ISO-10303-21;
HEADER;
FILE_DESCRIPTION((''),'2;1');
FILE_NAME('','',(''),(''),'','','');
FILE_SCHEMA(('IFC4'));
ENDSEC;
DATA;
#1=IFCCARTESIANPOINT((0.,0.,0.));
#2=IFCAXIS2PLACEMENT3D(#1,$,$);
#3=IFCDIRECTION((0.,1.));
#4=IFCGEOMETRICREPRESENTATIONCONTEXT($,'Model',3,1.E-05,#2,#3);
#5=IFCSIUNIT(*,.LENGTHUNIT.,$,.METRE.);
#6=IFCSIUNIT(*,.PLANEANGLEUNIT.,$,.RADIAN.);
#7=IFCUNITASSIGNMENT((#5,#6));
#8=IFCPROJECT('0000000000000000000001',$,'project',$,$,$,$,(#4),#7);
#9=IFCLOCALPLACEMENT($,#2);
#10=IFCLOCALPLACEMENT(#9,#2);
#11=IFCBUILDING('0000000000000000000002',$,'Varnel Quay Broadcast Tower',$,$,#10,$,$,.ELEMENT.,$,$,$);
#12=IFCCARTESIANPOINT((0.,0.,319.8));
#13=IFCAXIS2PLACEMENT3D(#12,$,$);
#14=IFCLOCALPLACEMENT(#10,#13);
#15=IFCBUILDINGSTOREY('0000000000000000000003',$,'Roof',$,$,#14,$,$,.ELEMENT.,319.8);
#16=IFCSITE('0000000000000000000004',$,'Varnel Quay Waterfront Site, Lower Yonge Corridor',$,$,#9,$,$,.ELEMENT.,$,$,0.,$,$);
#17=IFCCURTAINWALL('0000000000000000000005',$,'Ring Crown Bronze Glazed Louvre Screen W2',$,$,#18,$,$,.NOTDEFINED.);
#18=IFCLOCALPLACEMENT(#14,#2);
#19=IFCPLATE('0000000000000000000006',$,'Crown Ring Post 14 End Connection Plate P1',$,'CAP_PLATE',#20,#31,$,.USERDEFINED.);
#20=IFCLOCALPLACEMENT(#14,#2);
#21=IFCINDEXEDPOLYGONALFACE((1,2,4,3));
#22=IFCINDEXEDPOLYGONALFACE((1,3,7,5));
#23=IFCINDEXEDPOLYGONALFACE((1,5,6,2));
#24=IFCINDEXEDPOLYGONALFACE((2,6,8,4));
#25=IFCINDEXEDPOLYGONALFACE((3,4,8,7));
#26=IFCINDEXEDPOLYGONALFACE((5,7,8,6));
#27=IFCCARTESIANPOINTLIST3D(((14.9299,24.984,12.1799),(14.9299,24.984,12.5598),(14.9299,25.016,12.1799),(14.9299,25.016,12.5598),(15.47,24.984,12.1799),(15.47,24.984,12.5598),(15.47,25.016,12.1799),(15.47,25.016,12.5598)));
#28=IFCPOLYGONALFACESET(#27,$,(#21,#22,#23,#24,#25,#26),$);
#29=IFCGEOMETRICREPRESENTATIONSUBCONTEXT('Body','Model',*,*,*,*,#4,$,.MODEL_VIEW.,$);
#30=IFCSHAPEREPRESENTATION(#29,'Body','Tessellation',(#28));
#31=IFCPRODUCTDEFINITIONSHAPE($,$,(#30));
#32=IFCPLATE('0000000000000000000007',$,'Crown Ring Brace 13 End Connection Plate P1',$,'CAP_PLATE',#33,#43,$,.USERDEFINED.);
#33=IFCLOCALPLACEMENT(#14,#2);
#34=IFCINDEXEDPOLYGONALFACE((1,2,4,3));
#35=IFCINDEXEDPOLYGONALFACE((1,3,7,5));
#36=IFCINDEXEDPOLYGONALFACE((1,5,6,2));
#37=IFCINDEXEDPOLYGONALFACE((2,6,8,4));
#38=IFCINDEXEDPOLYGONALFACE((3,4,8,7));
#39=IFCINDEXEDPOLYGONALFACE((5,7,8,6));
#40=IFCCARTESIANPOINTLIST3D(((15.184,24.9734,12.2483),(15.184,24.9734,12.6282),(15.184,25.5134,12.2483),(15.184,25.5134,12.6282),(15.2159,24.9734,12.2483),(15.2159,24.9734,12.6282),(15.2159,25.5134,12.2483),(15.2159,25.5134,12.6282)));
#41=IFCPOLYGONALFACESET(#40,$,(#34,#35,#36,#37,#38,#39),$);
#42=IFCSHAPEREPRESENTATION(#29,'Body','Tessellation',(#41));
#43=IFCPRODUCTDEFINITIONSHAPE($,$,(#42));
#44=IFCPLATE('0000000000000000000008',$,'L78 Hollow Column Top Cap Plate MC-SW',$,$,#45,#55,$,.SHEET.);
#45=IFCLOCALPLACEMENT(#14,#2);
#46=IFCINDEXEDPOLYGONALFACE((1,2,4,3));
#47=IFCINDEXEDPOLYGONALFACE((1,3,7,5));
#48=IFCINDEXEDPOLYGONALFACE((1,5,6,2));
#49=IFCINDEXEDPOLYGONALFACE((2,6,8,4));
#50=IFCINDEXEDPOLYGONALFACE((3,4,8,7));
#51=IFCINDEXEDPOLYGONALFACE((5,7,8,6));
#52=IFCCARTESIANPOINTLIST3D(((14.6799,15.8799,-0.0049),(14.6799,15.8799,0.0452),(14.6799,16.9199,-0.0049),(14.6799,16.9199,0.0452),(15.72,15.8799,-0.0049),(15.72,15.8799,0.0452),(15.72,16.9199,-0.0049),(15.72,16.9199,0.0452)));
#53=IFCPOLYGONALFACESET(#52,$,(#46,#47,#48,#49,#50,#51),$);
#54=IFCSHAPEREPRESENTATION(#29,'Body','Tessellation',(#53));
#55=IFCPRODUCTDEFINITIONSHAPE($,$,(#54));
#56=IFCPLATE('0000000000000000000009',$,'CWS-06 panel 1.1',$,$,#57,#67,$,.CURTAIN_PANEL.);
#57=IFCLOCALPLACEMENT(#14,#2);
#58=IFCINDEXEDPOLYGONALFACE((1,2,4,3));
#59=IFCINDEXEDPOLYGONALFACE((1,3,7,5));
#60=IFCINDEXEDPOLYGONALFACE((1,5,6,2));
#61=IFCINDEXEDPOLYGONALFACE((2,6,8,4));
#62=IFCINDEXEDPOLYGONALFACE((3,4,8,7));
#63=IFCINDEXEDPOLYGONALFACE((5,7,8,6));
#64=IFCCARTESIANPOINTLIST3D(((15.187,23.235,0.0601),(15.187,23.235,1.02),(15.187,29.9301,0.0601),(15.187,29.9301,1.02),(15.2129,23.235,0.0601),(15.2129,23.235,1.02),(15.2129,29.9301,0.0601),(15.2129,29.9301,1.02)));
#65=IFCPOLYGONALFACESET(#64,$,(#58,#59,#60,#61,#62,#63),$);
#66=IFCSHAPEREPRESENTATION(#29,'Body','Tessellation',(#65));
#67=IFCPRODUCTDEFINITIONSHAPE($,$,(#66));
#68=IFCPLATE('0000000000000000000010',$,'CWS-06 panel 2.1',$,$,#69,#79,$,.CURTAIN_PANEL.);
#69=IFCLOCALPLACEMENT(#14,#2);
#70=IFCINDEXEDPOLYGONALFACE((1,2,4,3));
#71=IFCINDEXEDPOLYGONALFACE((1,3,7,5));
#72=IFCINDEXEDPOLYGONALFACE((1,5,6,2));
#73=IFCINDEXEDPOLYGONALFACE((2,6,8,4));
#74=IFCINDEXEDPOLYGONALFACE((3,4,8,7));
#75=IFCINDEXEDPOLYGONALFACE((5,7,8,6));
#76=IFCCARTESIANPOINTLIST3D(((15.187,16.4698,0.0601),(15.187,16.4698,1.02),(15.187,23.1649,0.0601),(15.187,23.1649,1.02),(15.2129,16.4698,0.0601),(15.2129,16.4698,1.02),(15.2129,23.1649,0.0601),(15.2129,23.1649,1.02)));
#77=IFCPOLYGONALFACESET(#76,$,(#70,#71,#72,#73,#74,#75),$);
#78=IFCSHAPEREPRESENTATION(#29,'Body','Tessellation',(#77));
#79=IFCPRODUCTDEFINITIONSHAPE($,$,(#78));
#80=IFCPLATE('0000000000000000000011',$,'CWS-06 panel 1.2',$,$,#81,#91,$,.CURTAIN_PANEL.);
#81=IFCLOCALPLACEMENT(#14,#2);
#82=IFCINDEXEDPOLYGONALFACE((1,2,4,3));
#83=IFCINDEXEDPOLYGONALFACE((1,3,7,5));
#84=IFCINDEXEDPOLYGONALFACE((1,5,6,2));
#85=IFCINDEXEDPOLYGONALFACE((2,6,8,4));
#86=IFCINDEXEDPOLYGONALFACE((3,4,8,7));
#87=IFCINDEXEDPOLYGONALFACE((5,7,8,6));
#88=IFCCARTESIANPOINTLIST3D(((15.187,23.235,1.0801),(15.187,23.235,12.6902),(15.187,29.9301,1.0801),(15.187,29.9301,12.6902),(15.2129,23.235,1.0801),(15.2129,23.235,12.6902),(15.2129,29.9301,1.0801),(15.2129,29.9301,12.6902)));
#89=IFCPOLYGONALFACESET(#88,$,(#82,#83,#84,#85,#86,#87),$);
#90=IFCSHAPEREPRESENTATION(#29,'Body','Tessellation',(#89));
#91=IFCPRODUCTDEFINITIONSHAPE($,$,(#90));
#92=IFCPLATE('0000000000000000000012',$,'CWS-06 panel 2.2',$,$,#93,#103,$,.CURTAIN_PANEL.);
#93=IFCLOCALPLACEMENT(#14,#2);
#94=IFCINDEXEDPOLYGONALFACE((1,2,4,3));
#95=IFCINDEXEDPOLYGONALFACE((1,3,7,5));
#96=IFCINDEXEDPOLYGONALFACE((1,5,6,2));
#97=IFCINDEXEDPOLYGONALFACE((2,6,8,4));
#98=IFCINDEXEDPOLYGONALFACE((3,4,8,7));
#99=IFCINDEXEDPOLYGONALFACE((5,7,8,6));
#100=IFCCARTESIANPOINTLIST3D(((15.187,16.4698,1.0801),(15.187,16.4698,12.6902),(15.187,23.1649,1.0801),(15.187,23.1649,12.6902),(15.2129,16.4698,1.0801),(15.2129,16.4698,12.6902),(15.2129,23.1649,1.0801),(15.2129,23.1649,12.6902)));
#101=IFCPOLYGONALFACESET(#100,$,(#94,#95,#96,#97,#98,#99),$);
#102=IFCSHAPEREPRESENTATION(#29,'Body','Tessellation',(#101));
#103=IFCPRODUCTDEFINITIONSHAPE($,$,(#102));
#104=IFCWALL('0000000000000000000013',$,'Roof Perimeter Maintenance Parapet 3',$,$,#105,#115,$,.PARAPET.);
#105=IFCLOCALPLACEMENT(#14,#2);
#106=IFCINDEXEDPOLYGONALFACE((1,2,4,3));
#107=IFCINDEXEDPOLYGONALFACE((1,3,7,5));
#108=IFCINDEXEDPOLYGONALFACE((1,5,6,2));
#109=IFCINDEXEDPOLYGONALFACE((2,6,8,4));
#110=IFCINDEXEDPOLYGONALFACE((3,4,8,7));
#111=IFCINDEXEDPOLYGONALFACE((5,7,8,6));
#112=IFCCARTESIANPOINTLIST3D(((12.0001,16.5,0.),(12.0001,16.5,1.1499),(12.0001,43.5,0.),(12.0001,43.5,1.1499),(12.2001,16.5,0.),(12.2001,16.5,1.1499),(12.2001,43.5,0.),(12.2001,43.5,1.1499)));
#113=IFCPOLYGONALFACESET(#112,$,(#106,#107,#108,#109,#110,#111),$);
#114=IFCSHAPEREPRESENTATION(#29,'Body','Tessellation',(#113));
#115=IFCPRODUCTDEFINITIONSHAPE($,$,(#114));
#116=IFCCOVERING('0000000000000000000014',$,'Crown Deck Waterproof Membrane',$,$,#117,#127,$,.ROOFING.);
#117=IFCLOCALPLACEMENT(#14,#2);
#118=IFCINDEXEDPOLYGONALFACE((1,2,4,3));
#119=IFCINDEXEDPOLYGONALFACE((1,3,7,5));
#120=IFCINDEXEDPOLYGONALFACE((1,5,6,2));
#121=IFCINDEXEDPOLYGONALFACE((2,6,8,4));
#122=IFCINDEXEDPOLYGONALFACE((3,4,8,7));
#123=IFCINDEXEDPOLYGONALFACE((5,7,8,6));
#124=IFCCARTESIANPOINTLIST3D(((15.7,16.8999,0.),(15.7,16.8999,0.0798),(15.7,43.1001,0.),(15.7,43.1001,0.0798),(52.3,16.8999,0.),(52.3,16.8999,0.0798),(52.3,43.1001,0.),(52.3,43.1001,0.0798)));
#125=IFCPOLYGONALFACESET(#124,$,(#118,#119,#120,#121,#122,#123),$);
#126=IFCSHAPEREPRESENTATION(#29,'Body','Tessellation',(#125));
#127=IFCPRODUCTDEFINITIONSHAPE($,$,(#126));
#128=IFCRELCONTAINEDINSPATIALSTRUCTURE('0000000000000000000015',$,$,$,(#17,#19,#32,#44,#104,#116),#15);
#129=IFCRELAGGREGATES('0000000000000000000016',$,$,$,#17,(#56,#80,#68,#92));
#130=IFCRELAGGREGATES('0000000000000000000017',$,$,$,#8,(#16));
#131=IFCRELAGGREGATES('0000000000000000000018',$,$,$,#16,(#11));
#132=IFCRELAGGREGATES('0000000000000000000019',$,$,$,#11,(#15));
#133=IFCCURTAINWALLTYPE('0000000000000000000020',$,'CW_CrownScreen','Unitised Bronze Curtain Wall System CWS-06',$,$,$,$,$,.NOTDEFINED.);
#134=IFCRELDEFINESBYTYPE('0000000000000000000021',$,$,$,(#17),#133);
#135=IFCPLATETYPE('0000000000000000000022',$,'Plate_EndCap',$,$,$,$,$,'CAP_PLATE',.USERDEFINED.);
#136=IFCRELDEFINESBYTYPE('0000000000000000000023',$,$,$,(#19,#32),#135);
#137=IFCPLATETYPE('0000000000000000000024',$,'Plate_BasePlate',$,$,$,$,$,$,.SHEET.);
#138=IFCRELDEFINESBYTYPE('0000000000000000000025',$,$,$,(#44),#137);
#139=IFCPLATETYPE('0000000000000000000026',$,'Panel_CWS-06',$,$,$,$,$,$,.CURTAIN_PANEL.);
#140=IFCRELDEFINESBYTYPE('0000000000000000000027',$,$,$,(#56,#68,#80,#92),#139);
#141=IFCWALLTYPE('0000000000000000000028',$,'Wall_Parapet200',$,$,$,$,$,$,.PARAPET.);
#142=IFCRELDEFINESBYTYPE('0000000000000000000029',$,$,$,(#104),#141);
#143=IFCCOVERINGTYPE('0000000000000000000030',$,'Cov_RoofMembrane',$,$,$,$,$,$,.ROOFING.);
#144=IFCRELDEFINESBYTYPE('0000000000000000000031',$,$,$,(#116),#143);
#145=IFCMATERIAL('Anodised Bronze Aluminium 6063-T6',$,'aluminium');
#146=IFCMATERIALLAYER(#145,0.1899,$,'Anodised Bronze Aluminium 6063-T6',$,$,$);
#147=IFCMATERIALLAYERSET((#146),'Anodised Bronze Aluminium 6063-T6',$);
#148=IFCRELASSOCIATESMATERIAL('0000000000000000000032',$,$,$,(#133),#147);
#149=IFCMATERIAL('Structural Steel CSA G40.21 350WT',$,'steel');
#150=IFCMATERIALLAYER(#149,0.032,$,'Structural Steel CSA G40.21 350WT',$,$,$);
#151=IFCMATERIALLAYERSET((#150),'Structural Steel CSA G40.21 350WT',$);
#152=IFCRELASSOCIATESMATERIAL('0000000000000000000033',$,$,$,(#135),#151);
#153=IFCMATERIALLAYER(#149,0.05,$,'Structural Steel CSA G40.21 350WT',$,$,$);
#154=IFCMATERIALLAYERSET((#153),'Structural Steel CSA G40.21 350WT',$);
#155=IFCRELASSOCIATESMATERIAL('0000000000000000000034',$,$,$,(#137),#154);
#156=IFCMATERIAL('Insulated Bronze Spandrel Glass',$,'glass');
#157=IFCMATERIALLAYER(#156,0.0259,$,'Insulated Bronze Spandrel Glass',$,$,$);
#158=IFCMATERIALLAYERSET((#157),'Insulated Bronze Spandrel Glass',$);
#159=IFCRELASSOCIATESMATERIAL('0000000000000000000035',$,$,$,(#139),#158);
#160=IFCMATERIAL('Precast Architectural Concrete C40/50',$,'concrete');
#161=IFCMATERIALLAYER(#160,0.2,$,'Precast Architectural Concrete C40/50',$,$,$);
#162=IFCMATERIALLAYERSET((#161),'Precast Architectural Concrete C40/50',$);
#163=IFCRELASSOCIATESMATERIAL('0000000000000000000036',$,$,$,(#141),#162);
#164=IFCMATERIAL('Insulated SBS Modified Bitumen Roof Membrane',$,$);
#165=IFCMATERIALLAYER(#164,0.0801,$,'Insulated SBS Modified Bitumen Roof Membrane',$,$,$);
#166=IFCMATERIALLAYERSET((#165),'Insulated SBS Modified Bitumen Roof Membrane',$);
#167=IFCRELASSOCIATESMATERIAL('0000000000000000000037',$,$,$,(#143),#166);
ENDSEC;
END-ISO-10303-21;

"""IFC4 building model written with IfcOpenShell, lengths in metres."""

from ifc_helpers import new_model, si_unit, direction, frame, frame_2d, origin, origin_2d, place, context, subcontext, project, spatial, polyline, rectangle, outline, extrude, source, transform, mapped, material, layer, layer_set, type_object, type_shapes, element, aggregate, save


model = new_model("IFC4")

# Units and contexts
model_context = context("Model", 3, precision=1e-05, world=origin(), true_north=direction((0.0, 1.0)))
body_context = subcontext(model_context, "Body", "Model", "MODEL_VIEW")
ifc_project = project(units=[si_unit("LENGTHUNIT", "METRE"), si_unit("PLANEANGLEUNIT", "RADIAN")], contexts=[model_context])

# Site, building, storey
site_placement = place(None, origin())
site = spatial("IfcSite", under=ifc_project, at=site_placement, Name="Varnel Quay Waterfront Site, Lower Yonge Corridor", CompositionType="ELEMENT", RefElevation=0.0)
building_placement = place(site_placement, origin())
building = spatial("IfcBuilding", under=site, at=building_placement, Name="Varnel Quay Broadcast Tower", CompositionType="ELEMENT")
storey_placement = place(building_placement, frame((0.0, 0.0, 319.8)))
storey = spatial("IfcBuildingStorey", under=building, at=storey_placement, Name="Roof", CompositionType="ELEMENT", Elevation=319.8)

# Shared definitions
ifc_material_1 = material(Name="Structural Steel CSA G40.21 350WT", Category="steel")

# Curtain wall
ifc_material_2 = material(Name="Anodised Bronze Aluminium 6063-T6", Category="aluminium")
ifc_layer_1 = layer(ifc_material_2, 0.1899, Name="Anodised Bronze Aluminium 6063-T6")
ifc_layer_set_1 = layer_set([ifc_layer_1], Name="Anodised Bronze Aluminium 6063-T6")
curtain_wall_type = type_object("IfcCurtainWallType", Name="CW_CrownScreen", Description="Unitised Bronze Curtain Wall System CWS-06", PredefinedType="NOTDEFINED", material=ifc_layer_set_1)
curtain_wall_placement = place(storey_placement, origin())
curtain_wall = element("IfcCurtainWall", 1, at=curtain_wall_placement, inside=storey, type_object=curtain_wall_type, Name="Ring Crown Bronze Glazed Louvre Screen W2", PredefinedType="NOTDEFINED")

# Plates
ifc_layer_2 = layer(ifc_material_1, 0.032, Name="Structural Steel CSA G40.21 350WT")
ifc_layer_set_2 = layer_set([ifc_layer_2], Name="Structural Steel CSA G40.21 350WT")
plate_type_1 = type_object("IfcPlateType", Name="Plate_EndCap", ElementType="CAP_PLATE", PredefinedType="USERDEFINED", material=ifc_layer_set_2)
shared_shape_1 = source(origin(), body_context, "Body", "SweptSolid", [
    extrude(rectangle(XDim=0.54, YDim=0.032, at=origin_2d()), origin(), (0.0, 0.0, 1.0), 0.3799),
])
type_shapes(plate_type_1, [shared_shape_1])
for number, where, z_axis, x_axis, name in (
    (2, (15.2, 25.0, 12.1799), (0.0, 0.0, 1.0), (1.0, 0.0, 0.0), "Crown Ring Post 14 End Connection Plate P1"),
    (3, (15.2, 25.2434, 12.2483), (0.0, 0.0, 1.0), (0.0, 1.0, 0.0), "Crown Ring Brace 13 End Connection Plate P1"),
):
    element("IfcPlate", number, at=place(storey_placement, frame(where, z_axis=z_axis, x_axis=x_axis)), inside=storey, type_object=plate_type_1, Name=name, ObjectType="CAP_PLATE", PredefinedType="USERDEFINED", context=body_context, shape_type="MappedRepresentation", body=[
        mapped(shared_shape_1, transform((0.0, 0.0, 0.0), x_axis=(1.0, 0.0, 0.0), y_axis=(0.0, 1.0, 0.0), z_axis=(0.0, 0.0, 1.0), scale=1.0)),
    ])
ifc_layer_3 = layer(ifc_material_1, 0.05, Name="Structural Steel CSA G40.21 350WT")
ifc_layer_set_3 = layer_set([ifc_layer_3], Name="Structural Steel CSA G40.21 350WT")
plate_type_2 = type_object("IfcPlateType", Name="Plate_BasePlate", PredefinedType="SHEET", material=ifc_layer_set_3)
shared_shape_2 = source(origin(), body_context, "Body", "SweptSolid", [
    extrude(rectangle(XDim=1.04, YDim=1.04, at=origin_2d()), origin(), (0.0, 0.0, 1.0), 0.05),
])
type_shapes(plate_type_2, [shared_shape_2])
plate_1_placement = place(storey_placement, frame((15.2, 16.3999, -0.0049), z_axis=(0.0, 0.0, 1.0), x_axis=(1.0, 0.0, 0.0)))
element("IfcPlate", 4, at=plate_1_placement, inside=storey, type_object=plate_type_2, Name="L78 Hollow Column Top Cap Plate MC-SW", PredefinedType="SHEET", context=body_context, shape_type="MappedRepresentation", body=[
    mapped(shared_shape_2, transform((0.0, 0.0, 0.0), x_axis=(1.0, 0.0, 0.0), y_axis=(0.0, 1.0, 0.0), z_axis=(0.0, 0.0, 1.0), scale=1.0)),
])

# Plates
ifc_material_3 = material(Name="Insulated Bronze Spandrel Glass", Category="glass")
ifc_layer_4 = layer(ifc_material_3, 0.0259, Name="Insulated Bronze Spandrel Glass")
ifc_layer_set_4 = layer_set([ifc_layer_4], Name="Insulated Bronze Spandrel Glass")
plate_type_3 = type_object("IfcPlateType", Name="Panel_CWS-06", PredefinedType="CURTAIN_PANEL", material=ifc_layer_set_4)
shared_shape_3 = source(origin(), body_context, "Body", "SweptSolid", [
    extrude(rectangle(XDim=6.6951, YDim=0.0259, at=origin_2d()), origin(), (0.0, 0.0, 1.0), 0.96),
])
plate_2_placement = place(storey_placement, frame((15.2, 26.5825, 0.0601), z_axis=(0.0, 0.0, 1.0), x_axis=(0.0, -1.0, 0.0)))
plate_2 = element("IfcPlate", 5, at=plate_2_placement, type_object=plate_type_3, Name="CWS-06 panel 1.1", PredefinedType="CURTAIN_PANEL", context=body_context, shape_type="MappedRepresentation", body=[
    mapped(shared_shape_3, transform((0.0, 0.0, 0.0), x_axis=(1.0, 0.0, 0.0), y_axis=(0.0, 1.0, 0.0), z_axis=(0.0, 0.0, 1.0), scale=1.0)),
])
plate_3_placement = place(storey_placement, frame((15.2, 19.8174, 0.0601), z_axis=(0.0, 0.0, 1.0), x_axis=(0.0, -1.0, 0.0)))
plate_3 = element("IfcPlate", 6, at=plate_3_placement, type_object=plate_type_3, Name="CWS-06 panel 2.1", PredefinedType="CURTAIN_PANEL", context=body_context, shape_type="MappedRepresentation", body=[
    mapped(shared_shape_3, transform((0.0, 0.0, 0.0), x_axis=(1.0, 0.0, 0.0), y_axis=(0.0, 1.0, 0.0), z_axis=(0.0, 0.0, 1.0), scale=1.0)),
])
shared_shape_4 = source(origin(), body_context, "Body", "SweptSolid", [
    extrude(rectangle(XDim=6.6951, YDim=0.0259, at=origin_2d()), origin(), (0.0, 0.0, 1.0), 11.6101),
])
type_shapes(plate_type_3, [shared_shape_3, shared_shape_4])
plate_4_placement = place(storey_placement, frame((15.2, 26.5825, 1.0801), z_axis=(0.0, 0.0, 1.0), x_axis=(0.0, -1.0, 0.0)))
plate_4 = element("IfcPlate", 7, at=plate_4_placement, type_object=plate_type_3, Name="CWS-06 panel 1.2", PredefinedType="CURTAIN_PANEL", context=body_context, shape_type="MappedRepresentation", body=[
    mapped(shared_shape_4, transform((0.0, 0.0, 0.0), x_axis=(1.0, 0.0, 0.0), y_axis=(0.0, 1.0, 0.0), z_axis=(0.0, 0.0, 1.0), scale=1.0)),
])
plate_5_placement = place(storey_placement, frame((15.2, 19.8174, 1.0801), z_axis=(0.0, 0.0, 1.0), x_axis=(0.0, -1.0, 0.0)))
plate_5 = element("IfcPlate", 8, at=plate_5_placement, type_object=plate_type_3, Name="CWS-06 panel 2.2", PredefinedType="CURTAIN_PANEL", context=body_context, shape_type="MappedRepresentation", body=[
    mapped(shared_shape_4, transform((0.0, 0.0, 0.0), x_axis=(1.0, 0.0, 0.0), y_axis=(0.0, 1.0, 0.0), z_axis=(0.0, 0.0, 1.0), scale=1.0)),
])
aggregate(curtain_wall, [plate_2, plate_4, plate_3, plate_5])

# Wall
ifc_material_4 = material(Name="Precast Architectural Concrete C40/50", Category="concrete")
ifc_layer_5 = layer(ifc_material_4, 0.2, Name="Precast Architectural Concrete C40/50")
ifc_layer_set_5 = layer_set([ifc_layer_5], Name="Precast Architectural Concrete C40/50")
wall_type = type_object("IfcWallType", Name="Wall_Parapet200", PredefinedType="PARAPET", material=ifc_layer_set_5)
wall_placement = place(storey_placement, frame((12.1001, 16.5, 0.0), z_axis=(0.0, 0.0, 1.0), x_axis=(0.0, 1.0, 0.0)))
element("IfcWall", 9, at=wall_placement, inside=storey, type_object=wall_type, Name="Roof Perimeter Maintenance Parapet 3", PredefinedType="PARAPET", context=body_context, shape_type="SweptSolid", body=[
    extrude(rectangle(XDim=27.0, YDim=0.2, at=frame_2d((13.5, 0.0))), origin(), (0.0, 0.0, 1.0), 1.1499),
])

# Covering
ifc_material_5 = material(Name="Insulated SBS Modified Bitumen Roof Membrane")
ifc_layer_6 = layer(ifc_material_5, 0.0801, Name="Insulated SBS Modified Bitumen Roof Membrane")
ifc_layer_set_6 = layer_set([ifc_layer_6], Name="Insulated SBS Modified Bitumen Roof Membrane")
covering_type = type_object("IfcCoveringType", Name="Cov_RoofMembrane", PredefinedType="ROOFING", material=ifc_layer_set_6)
covering_placement = place(storey_placement, origin())
element("IfcCovering", 10, at=covering_placement, inside=storey, type_object=covering_type, Name="Crown Deck Waterproof Membrane", PredefinedType="ROOFING", context=body_context, shape_type="SweptSolid", body=[
    extrude(outline(polyline([(15.7, 16.8999), (52.3, 16.8999), (52.3, 43.1001), (15.7, 43.1001), (15.7, 16.8999)])), origin(), (0.0, 0.0, 1.0), 0.0798),
])

save(model, "model.ifc")
